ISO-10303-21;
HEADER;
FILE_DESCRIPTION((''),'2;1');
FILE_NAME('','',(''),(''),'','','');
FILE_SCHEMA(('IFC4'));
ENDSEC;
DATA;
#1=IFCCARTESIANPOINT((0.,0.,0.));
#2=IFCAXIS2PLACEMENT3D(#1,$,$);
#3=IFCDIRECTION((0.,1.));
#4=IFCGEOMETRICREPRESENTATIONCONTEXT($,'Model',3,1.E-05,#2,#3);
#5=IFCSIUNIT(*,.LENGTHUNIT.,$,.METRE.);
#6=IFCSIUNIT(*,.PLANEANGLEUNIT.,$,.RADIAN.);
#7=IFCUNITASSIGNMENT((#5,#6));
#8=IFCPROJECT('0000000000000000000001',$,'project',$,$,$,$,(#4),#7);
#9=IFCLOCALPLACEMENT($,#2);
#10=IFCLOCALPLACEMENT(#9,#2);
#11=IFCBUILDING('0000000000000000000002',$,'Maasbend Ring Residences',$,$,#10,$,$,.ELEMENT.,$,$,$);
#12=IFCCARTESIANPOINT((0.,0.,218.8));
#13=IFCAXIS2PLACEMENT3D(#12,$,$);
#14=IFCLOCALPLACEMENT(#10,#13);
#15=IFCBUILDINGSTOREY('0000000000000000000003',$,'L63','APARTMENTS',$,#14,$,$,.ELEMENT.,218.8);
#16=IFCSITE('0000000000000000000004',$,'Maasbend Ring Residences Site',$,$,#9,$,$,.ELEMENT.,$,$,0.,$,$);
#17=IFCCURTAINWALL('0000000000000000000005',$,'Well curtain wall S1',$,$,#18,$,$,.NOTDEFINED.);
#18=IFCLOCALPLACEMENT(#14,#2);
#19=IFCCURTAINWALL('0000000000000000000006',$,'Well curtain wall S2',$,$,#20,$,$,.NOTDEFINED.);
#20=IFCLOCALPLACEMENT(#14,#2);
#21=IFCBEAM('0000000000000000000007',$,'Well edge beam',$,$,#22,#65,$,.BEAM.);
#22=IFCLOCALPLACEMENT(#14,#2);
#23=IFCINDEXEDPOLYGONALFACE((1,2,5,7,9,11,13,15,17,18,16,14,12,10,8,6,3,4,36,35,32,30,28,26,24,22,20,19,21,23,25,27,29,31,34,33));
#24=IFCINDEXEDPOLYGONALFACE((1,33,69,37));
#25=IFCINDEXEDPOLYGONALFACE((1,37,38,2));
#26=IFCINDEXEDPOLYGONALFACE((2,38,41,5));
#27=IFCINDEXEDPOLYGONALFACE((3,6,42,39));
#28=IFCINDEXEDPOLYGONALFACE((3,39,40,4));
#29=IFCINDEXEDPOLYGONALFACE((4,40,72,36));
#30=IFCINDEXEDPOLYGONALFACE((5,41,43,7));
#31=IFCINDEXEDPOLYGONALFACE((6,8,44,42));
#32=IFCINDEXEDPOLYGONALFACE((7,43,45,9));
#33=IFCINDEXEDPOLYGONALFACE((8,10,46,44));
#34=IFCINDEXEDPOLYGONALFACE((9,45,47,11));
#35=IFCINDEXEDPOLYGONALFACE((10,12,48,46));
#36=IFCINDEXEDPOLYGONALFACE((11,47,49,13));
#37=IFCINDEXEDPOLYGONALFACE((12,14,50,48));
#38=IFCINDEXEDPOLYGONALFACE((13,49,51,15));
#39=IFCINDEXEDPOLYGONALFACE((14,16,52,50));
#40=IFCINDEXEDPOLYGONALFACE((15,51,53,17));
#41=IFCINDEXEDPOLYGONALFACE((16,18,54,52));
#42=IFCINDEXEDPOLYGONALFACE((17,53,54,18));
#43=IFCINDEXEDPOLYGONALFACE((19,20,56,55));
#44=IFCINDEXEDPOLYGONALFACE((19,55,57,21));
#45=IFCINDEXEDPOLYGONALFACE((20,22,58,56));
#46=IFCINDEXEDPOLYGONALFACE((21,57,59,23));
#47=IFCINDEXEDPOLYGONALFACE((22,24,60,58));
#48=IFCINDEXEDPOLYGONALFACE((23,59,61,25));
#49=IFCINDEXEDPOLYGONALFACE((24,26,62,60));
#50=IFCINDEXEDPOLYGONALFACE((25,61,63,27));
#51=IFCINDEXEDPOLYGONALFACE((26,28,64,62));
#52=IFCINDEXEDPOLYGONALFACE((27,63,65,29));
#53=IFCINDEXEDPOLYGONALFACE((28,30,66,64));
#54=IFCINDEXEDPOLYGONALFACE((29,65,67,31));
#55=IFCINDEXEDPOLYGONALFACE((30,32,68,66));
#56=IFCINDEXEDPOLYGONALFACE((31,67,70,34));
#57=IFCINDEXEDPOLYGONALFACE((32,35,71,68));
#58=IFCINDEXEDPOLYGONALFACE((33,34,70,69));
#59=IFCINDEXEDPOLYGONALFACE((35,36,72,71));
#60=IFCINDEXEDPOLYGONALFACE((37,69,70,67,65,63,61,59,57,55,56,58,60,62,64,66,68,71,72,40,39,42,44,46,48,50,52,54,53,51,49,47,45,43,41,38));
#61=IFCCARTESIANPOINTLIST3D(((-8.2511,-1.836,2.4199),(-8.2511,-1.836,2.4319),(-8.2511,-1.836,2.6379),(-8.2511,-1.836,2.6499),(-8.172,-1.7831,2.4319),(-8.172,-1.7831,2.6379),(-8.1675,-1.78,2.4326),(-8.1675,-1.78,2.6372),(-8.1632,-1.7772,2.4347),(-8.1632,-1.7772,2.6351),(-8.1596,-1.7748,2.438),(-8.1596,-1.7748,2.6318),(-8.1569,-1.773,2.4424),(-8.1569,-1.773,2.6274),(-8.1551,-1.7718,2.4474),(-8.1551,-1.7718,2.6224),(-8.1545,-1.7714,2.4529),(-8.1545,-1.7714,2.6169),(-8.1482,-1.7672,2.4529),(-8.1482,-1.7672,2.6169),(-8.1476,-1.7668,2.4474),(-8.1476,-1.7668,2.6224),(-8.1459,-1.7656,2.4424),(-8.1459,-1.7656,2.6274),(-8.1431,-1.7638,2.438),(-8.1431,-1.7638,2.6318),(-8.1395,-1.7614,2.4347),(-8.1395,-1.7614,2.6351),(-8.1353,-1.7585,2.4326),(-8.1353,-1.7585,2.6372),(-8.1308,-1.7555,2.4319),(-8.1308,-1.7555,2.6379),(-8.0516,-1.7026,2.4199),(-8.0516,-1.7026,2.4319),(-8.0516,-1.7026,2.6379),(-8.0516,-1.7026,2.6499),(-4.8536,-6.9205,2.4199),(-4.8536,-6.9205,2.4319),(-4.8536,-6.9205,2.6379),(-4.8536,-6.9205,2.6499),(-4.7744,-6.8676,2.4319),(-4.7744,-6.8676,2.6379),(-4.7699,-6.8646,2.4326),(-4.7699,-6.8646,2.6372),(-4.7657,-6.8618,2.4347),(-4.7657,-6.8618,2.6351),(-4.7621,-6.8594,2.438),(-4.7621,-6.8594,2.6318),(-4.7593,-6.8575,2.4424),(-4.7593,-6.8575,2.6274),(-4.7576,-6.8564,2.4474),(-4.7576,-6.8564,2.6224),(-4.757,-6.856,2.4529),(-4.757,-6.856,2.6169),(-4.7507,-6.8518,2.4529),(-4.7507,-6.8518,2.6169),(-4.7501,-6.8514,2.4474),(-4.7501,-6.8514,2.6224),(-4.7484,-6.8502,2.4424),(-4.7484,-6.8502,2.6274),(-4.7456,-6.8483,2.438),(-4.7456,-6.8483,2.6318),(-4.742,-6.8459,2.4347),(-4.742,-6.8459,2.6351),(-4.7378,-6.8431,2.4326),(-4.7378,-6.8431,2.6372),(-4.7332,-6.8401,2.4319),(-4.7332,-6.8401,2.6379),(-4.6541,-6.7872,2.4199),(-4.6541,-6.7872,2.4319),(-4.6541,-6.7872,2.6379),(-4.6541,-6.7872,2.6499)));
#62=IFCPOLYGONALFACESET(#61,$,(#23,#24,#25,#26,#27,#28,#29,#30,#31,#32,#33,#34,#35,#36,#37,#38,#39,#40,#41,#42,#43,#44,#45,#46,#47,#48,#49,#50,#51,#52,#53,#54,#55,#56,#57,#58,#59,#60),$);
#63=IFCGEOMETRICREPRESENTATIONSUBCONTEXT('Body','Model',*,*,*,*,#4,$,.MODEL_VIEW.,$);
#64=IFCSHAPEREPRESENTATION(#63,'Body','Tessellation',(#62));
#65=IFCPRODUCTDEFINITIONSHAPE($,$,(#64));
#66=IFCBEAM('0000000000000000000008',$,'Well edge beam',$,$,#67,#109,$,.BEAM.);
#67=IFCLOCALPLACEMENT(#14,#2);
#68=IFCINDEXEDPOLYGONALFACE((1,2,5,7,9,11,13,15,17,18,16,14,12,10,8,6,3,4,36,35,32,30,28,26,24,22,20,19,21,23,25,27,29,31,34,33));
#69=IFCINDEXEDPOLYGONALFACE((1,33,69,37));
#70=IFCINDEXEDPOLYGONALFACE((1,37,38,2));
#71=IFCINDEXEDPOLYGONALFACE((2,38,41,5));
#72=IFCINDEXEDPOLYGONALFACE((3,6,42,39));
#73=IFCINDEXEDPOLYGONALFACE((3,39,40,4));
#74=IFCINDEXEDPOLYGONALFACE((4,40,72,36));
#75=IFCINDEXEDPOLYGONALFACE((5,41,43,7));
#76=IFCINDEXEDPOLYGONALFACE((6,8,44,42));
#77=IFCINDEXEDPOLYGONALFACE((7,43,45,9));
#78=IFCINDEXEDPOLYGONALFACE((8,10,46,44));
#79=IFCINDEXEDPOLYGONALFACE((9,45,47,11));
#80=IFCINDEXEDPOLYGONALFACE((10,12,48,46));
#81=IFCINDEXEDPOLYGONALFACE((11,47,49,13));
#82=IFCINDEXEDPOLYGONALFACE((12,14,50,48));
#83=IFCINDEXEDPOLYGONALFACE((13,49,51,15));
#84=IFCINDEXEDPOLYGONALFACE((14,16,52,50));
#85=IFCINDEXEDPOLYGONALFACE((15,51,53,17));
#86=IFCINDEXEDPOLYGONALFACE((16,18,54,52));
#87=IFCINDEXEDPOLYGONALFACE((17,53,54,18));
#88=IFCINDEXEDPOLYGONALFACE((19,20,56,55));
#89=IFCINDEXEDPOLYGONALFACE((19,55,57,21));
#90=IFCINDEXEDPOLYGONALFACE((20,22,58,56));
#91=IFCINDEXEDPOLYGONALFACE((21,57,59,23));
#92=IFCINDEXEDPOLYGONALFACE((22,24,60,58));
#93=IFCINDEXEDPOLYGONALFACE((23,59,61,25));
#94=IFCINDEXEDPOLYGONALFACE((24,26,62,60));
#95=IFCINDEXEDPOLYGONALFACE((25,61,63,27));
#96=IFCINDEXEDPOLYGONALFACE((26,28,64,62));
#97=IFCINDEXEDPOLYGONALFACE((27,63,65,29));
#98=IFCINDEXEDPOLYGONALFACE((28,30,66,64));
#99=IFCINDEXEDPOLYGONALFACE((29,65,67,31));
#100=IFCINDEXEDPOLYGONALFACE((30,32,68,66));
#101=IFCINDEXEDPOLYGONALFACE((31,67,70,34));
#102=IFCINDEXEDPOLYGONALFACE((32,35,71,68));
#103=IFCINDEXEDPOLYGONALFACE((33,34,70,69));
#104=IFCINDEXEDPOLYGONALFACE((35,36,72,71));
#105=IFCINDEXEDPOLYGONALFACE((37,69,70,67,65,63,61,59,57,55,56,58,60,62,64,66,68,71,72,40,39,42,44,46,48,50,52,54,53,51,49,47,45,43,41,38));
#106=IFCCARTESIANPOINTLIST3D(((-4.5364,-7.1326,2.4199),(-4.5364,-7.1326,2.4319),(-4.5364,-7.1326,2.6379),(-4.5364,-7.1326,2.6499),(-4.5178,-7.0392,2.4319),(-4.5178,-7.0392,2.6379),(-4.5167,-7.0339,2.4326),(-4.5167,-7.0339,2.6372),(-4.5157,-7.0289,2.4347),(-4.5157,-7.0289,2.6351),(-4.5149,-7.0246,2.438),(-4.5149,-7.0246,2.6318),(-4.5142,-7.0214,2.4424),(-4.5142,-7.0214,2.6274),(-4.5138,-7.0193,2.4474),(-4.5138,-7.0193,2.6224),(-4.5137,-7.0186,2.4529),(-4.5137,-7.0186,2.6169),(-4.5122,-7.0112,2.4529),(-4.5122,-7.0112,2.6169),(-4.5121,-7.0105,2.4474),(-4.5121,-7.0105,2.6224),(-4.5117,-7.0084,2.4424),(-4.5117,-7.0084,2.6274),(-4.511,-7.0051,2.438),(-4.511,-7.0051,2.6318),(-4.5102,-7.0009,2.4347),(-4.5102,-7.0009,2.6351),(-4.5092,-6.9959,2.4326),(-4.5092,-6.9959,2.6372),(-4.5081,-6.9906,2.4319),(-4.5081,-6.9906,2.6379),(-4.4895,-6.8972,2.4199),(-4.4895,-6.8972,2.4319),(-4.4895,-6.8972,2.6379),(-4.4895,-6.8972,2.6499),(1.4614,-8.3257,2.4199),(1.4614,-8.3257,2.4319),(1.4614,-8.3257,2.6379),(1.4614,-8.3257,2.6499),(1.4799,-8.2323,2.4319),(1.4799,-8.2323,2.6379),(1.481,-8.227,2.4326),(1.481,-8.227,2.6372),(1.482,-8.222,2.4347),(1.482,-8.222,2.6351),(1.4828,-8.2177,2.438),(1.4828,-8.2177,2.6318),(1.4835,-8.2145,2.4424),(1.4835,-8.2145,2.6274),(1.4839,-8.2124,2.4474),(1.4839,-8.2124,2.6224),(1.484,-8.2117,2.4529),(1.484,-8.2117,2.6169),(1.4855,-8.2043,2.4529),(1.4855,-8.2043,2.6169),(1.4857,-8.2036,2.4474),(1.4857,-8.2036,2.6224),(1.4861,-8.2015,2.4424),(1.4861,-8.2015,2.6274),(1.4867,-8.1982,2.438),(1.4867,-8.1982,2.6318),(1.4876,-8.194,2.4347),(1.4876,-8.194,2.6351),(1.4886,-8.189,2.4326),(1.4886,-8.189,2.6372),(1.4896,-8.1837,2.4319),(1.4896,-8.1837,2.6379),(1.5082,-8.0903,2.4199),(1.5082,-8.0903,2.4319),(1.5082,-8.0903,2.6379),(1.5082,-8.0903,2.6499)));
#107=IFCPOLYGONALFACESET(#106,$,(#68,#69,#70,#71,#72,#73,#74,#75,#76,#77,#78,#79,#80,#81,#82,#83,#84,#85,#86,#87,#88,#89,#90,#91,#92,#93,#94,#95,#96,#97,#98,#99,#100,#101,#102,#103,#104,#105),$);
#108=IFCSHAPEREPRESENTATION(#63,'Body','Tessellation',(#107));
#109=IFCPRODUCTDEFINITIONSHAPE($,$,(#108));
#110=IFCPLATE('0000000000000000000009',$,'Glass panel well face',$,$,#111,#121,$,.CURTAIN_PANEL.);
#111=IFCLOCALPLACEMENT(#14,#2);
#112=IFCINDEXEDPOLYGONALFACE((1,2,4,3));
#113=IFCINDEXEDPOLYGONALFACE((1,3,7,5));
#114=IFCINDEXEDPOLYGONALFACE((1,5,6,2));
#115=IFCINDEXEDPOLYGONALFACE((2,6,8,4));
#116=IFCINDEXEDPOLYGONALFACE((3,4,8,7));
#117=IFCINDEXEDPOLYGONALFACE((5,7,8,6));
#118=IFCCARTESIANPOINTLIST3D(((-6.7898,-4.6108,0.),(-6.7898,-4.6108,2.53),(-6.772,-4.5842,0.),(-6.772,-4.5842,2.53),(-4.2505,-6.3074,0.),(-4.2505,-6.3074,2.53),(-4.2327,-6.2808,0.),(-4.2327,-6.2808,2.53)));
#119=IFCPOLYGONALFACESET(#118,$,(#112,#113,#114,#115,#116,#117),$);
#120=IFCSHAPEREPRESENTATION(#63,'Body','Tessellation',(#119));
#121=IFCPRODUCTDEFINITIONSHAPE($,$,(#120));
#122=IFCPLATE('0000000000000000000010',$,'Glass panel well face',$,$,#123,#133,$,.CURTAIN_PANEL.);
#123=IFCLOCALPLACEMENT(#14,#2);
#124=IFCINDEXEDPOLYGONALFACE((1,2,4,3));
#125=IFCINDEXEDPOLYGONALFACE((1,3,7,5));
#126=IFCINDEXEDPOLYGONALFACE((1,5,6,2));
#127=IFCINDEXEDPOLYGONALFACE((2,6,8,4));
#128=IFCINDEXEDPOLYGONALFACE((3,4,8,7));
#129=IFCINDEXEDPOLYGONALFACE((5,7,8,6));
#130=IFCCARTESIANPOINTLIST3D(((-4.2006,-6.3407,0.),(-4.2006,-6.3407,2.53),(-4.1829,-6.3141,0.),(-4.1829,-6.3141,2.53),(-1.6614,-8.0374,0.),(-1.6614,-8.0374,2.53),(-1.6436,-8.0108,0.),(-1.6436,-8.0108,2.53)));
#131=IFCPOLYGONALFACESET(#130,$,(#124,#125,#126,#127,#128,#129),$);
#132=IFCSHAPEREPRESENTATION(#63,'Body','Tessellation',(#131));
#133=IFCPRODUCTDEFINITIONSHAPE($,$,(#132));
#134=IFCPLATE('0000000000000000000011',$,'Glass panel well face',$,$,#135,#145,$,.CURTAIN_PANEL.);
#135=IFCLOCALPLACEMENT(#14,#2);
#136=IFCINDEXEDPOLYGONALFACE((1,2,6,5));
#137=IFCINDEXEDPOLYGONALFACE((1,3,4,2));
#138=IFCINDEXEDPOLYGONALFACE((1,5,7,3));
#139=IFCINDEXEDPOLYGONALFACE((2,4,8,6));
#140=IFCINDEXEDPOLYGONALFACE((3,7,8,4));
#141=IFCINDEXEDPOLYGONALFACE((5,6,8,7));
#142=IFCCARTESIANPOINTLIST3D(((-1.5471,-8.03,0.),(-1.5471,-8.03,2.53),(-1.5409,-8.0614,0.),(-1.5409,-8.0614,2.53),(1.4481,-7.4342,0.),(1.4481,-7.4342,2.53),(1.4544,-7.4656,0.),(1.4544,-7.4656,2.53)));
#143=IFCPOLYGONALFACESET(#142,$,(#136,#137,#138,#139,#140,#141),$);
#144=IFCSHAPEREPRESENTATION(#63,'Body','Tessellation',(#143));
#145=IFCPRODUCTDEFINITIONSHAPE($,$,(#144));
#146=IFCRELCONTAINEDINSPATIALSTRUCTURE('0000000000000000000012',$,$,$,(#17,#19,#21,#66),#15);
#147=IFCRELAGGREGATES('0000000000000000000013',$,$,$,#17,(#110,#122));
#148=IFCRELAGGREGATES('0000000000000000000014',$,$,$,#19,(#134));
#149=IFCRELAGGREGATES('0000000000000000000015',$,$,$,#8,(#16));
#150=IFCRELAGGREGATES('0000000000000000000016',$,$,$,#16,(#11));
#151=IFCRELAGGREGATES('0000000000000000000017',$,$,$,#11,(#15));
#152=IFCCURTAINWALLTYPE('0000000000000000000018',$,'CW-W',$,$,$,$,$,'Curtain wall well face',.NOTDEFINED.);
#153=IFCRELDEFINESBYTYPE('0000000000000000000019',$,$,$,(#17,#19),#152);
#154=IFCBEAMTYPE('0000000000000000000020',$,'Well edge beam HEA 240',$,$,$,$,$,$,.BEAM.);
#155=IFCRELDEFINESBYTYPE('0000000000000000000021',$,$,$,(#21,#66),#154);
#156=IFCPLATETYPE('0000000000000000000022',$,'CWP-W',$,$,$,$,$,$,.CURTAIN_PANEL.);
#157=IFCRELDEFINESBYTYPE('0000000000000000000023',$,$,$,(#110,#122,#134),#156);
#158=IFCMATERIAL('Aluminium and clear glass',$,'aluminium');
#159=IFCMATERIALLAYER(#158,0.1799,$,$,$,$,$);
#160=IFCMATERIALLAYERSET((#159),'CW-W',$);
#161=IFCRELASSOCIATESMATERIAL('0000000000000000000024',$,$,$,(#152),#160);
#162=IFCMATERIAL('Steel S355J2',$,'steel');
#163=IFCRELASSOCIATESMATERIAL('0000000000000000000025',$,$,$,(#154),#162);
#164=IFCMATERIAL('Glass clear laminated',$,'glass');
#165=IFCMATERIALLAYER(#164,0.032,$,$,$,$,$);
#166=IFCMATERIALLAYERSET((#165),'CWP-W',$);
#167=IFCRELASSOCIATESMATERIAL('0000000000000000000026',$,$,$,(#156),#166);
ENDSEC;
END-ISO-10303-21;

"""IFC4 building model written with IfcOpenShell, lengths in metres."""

from ifc_helpers import new_model, si_unit, direction, frame, origin, origin_2d, place, context, subcontext, project, spatial, rectangle, i_section, extrude, material, layer, layer_set, material_profile, profile_set, type_object, element, aggregate, save


model = new_model("IFC4")

# Units and contexts
model_context = context("Model", 3, precision=1e-05, world=origin(), true_north=direction((0.0, 1.0)))
body_context = subcontext(model_context, "Body", "Model", "MODEL_VIEW")
ifc_project = project(units=[si_unit("LENGTHUNIT", "METRE"), si_unit("PLANEANGLEUNIT", "RADIAN")], contexts=[model_context])

# Site, building, storey
site_placement = place(None, origin())
site = spatial("IfcSite", under=ifc_project, at=site_placement, Name="Maasbend Ring Residences Site", CompositionType="ELEMENT", RefElevation=0.0)
building_placement = place(site_placement, origin())
building = spatial("IfcBuilding", under=site, at=building_placement, Name="Maasbend Ring Residences", CompositionType="ELEMENT")
storey_placement = place(building_placement, frame((0.0, 0.0, 218.8)))
storey = spatial("IfcBuildingStorey", under=building, at=storey_placement, Name="L63", Description="APARTMENTS", CompositionType="ELEMENT", Elevation=218.8)

# Curtain wall
ifc_material_1 = material(Name="Aluminium and clear glass", Category="aluminium")
ifc_layer_1 = layer(ifc_material_1, 0.1799)
ifc_layer_set_1 = layer_set([ifc_layer_1], Name="CW-W")
curtain_wall_type = type_object("IfcCurtainWallType", Name="CW-W", ElementType="Curtain wall well face", PredefinedType="NOTDEFINED", material=ifc_layer_set_1)
curtain_wall_1_placement = place(storey_placement, origin())
curtain_wall_1 = element("IfcCurtainWall", 1, at=curtain_wall_1_placement, inside=storey, type_object=curtain_wall_type, Name="Well curtain wall S1", PredefinedType="NOTDEFINED")

# Curtain wall
curtain_wall_2_placement = place(storey_placement, origin())
curtain_wall_2 = element("IfcCurtainWall", 2, at=curtain_wall_2_placement, inside=storey, type_object=curtain_wall_type, Name="Well curtain wall S2", PredefinedType="NOTDEFINED")

# Beams
ifc_material_2 = material(Name="Steel S355J2", Category="steel")
ifc_material_profile_1 = material_profile(ifc_material_2, i_section(OverallWidth=0.24, OverallDepth=0.23, WebThickness=0.0076, FlangeThickness=0.012, FilletRadius=0.021, at=origin_2d()), Name="HEA 240")
ifc_profile_set_1 = profile_set([ifc_material_profile_1], Name="Steel S355J2")
beam_type = type_object("IfcBeamType", Name="Well edge beam HEA 240", PredefinedType="BEAM", material=ifc_profile_set_1)
for number, where, z_axis, x_axis, name in (
    (3, (-8.1514, -1.7693, 2.5349), (0.555584, -0.83146, 0.0), (0.83146, 0.555584, 0.0), "Well edge beam"),
    (4, (-4.5129, -7.0149, 2.5349), (0.980783, -0.195103, 0.0), (0.195103, 0.980783, 0.0), "Well edge beam"),
):
    element("IfcBeam", number, at=place(storey_placement, frame(where, z_axis=z_axis, x_axis=x_axis)), inside=storey, type_object=beam_type, Name=name, PredefinedType="BEAM", context=body_context, shape_type="SweptSolid", body=[
        extrude(i_section(OverallWidth=0.24, OverallDepth=0.23, WebThickness=0.0076, FlangeThickness=0.012, FilletRadius=0.021, at=origin_2d()), origin(), (0.0, 0.0, 1.0), 6.1152),
    ])

# Plates
ifc_material_3 = material(Name="Glass clear laminated", Category="glass")
ifc_layer_2 = layer(ifc_material_3, 0.032)
ifc_layer_set_2 = layer_set([ifc_layer_2], Name="CWP-W")
plate_type = type_object("IfcPlateType", Name="CWP-W", PredefinedType="CURTAIN_PANEL", material=ifc_layer_set_2)
plate_1_placement = place(storey_placement, frame((-5.5112, -5.4458, 0.0), z_axis=(0.0, 0.0, 1.0), x_axis=(0.83147, -0.55557, 0.0)))
plate_1 = element("IfcPlate", 5, at=plate_1_placement, type_object=plate_type, Name="Glass panel well face", PredefinedType="CURTAIN_PANEL", context=body_context, shape_type="SweptSolid", body=[
    extrude(rectangle(XDim=3.054, YDim=0.032, at=origin_2d()), origin(), (0.0, 0.0, 1.0), 2.53),
])
plate_2_placement = place(storey_placement, frame((-2.9221, -7.1758, 0.0), z_axis=(0.0, 0.0, 1.0), x_axis=(0.83147, -0.55557, 0.0)))
plate_2 = element("IfcPlate", 6, at=plate_2_placement, type_object=plate_type, Name="Glass panel well face", PredefinedType="CURTAIN_PANEL", context=body_context, shape_type="SweptSolid", body=[
    extrude(rectangle(XDim=3.054, YDim=0.032, at=origin_2d()), origin(), (0.0, 0.0, 1.0), 2.53),
])
aggregate(curtain_wall_1, [plate_1, plate_2])
plate_3_placement = place(storey_placement, frame((-0.0464, -7.7478, 0.0), z_axis=(0.0, 0.0, 1.0), x_axis=(0.980785, 0.19509, 0.0)))
plate_3 = element("IfcPlate", 7, at=plate_3_placement, type_object=plate_type, Name="Glass panel well face", PredefinedType="CURTAIN_PANEL", context=body_context, shape_type="SweptSolid", body=[
    extrude(rectangle(XDim=3.054, YDim=0.032, at=origin_2d()), origin(), (0.0, 0.0, 1.0), 2.53),
])
aggregate(curtain_wall_2, [plate_3])

save(model, "model.ifc")
